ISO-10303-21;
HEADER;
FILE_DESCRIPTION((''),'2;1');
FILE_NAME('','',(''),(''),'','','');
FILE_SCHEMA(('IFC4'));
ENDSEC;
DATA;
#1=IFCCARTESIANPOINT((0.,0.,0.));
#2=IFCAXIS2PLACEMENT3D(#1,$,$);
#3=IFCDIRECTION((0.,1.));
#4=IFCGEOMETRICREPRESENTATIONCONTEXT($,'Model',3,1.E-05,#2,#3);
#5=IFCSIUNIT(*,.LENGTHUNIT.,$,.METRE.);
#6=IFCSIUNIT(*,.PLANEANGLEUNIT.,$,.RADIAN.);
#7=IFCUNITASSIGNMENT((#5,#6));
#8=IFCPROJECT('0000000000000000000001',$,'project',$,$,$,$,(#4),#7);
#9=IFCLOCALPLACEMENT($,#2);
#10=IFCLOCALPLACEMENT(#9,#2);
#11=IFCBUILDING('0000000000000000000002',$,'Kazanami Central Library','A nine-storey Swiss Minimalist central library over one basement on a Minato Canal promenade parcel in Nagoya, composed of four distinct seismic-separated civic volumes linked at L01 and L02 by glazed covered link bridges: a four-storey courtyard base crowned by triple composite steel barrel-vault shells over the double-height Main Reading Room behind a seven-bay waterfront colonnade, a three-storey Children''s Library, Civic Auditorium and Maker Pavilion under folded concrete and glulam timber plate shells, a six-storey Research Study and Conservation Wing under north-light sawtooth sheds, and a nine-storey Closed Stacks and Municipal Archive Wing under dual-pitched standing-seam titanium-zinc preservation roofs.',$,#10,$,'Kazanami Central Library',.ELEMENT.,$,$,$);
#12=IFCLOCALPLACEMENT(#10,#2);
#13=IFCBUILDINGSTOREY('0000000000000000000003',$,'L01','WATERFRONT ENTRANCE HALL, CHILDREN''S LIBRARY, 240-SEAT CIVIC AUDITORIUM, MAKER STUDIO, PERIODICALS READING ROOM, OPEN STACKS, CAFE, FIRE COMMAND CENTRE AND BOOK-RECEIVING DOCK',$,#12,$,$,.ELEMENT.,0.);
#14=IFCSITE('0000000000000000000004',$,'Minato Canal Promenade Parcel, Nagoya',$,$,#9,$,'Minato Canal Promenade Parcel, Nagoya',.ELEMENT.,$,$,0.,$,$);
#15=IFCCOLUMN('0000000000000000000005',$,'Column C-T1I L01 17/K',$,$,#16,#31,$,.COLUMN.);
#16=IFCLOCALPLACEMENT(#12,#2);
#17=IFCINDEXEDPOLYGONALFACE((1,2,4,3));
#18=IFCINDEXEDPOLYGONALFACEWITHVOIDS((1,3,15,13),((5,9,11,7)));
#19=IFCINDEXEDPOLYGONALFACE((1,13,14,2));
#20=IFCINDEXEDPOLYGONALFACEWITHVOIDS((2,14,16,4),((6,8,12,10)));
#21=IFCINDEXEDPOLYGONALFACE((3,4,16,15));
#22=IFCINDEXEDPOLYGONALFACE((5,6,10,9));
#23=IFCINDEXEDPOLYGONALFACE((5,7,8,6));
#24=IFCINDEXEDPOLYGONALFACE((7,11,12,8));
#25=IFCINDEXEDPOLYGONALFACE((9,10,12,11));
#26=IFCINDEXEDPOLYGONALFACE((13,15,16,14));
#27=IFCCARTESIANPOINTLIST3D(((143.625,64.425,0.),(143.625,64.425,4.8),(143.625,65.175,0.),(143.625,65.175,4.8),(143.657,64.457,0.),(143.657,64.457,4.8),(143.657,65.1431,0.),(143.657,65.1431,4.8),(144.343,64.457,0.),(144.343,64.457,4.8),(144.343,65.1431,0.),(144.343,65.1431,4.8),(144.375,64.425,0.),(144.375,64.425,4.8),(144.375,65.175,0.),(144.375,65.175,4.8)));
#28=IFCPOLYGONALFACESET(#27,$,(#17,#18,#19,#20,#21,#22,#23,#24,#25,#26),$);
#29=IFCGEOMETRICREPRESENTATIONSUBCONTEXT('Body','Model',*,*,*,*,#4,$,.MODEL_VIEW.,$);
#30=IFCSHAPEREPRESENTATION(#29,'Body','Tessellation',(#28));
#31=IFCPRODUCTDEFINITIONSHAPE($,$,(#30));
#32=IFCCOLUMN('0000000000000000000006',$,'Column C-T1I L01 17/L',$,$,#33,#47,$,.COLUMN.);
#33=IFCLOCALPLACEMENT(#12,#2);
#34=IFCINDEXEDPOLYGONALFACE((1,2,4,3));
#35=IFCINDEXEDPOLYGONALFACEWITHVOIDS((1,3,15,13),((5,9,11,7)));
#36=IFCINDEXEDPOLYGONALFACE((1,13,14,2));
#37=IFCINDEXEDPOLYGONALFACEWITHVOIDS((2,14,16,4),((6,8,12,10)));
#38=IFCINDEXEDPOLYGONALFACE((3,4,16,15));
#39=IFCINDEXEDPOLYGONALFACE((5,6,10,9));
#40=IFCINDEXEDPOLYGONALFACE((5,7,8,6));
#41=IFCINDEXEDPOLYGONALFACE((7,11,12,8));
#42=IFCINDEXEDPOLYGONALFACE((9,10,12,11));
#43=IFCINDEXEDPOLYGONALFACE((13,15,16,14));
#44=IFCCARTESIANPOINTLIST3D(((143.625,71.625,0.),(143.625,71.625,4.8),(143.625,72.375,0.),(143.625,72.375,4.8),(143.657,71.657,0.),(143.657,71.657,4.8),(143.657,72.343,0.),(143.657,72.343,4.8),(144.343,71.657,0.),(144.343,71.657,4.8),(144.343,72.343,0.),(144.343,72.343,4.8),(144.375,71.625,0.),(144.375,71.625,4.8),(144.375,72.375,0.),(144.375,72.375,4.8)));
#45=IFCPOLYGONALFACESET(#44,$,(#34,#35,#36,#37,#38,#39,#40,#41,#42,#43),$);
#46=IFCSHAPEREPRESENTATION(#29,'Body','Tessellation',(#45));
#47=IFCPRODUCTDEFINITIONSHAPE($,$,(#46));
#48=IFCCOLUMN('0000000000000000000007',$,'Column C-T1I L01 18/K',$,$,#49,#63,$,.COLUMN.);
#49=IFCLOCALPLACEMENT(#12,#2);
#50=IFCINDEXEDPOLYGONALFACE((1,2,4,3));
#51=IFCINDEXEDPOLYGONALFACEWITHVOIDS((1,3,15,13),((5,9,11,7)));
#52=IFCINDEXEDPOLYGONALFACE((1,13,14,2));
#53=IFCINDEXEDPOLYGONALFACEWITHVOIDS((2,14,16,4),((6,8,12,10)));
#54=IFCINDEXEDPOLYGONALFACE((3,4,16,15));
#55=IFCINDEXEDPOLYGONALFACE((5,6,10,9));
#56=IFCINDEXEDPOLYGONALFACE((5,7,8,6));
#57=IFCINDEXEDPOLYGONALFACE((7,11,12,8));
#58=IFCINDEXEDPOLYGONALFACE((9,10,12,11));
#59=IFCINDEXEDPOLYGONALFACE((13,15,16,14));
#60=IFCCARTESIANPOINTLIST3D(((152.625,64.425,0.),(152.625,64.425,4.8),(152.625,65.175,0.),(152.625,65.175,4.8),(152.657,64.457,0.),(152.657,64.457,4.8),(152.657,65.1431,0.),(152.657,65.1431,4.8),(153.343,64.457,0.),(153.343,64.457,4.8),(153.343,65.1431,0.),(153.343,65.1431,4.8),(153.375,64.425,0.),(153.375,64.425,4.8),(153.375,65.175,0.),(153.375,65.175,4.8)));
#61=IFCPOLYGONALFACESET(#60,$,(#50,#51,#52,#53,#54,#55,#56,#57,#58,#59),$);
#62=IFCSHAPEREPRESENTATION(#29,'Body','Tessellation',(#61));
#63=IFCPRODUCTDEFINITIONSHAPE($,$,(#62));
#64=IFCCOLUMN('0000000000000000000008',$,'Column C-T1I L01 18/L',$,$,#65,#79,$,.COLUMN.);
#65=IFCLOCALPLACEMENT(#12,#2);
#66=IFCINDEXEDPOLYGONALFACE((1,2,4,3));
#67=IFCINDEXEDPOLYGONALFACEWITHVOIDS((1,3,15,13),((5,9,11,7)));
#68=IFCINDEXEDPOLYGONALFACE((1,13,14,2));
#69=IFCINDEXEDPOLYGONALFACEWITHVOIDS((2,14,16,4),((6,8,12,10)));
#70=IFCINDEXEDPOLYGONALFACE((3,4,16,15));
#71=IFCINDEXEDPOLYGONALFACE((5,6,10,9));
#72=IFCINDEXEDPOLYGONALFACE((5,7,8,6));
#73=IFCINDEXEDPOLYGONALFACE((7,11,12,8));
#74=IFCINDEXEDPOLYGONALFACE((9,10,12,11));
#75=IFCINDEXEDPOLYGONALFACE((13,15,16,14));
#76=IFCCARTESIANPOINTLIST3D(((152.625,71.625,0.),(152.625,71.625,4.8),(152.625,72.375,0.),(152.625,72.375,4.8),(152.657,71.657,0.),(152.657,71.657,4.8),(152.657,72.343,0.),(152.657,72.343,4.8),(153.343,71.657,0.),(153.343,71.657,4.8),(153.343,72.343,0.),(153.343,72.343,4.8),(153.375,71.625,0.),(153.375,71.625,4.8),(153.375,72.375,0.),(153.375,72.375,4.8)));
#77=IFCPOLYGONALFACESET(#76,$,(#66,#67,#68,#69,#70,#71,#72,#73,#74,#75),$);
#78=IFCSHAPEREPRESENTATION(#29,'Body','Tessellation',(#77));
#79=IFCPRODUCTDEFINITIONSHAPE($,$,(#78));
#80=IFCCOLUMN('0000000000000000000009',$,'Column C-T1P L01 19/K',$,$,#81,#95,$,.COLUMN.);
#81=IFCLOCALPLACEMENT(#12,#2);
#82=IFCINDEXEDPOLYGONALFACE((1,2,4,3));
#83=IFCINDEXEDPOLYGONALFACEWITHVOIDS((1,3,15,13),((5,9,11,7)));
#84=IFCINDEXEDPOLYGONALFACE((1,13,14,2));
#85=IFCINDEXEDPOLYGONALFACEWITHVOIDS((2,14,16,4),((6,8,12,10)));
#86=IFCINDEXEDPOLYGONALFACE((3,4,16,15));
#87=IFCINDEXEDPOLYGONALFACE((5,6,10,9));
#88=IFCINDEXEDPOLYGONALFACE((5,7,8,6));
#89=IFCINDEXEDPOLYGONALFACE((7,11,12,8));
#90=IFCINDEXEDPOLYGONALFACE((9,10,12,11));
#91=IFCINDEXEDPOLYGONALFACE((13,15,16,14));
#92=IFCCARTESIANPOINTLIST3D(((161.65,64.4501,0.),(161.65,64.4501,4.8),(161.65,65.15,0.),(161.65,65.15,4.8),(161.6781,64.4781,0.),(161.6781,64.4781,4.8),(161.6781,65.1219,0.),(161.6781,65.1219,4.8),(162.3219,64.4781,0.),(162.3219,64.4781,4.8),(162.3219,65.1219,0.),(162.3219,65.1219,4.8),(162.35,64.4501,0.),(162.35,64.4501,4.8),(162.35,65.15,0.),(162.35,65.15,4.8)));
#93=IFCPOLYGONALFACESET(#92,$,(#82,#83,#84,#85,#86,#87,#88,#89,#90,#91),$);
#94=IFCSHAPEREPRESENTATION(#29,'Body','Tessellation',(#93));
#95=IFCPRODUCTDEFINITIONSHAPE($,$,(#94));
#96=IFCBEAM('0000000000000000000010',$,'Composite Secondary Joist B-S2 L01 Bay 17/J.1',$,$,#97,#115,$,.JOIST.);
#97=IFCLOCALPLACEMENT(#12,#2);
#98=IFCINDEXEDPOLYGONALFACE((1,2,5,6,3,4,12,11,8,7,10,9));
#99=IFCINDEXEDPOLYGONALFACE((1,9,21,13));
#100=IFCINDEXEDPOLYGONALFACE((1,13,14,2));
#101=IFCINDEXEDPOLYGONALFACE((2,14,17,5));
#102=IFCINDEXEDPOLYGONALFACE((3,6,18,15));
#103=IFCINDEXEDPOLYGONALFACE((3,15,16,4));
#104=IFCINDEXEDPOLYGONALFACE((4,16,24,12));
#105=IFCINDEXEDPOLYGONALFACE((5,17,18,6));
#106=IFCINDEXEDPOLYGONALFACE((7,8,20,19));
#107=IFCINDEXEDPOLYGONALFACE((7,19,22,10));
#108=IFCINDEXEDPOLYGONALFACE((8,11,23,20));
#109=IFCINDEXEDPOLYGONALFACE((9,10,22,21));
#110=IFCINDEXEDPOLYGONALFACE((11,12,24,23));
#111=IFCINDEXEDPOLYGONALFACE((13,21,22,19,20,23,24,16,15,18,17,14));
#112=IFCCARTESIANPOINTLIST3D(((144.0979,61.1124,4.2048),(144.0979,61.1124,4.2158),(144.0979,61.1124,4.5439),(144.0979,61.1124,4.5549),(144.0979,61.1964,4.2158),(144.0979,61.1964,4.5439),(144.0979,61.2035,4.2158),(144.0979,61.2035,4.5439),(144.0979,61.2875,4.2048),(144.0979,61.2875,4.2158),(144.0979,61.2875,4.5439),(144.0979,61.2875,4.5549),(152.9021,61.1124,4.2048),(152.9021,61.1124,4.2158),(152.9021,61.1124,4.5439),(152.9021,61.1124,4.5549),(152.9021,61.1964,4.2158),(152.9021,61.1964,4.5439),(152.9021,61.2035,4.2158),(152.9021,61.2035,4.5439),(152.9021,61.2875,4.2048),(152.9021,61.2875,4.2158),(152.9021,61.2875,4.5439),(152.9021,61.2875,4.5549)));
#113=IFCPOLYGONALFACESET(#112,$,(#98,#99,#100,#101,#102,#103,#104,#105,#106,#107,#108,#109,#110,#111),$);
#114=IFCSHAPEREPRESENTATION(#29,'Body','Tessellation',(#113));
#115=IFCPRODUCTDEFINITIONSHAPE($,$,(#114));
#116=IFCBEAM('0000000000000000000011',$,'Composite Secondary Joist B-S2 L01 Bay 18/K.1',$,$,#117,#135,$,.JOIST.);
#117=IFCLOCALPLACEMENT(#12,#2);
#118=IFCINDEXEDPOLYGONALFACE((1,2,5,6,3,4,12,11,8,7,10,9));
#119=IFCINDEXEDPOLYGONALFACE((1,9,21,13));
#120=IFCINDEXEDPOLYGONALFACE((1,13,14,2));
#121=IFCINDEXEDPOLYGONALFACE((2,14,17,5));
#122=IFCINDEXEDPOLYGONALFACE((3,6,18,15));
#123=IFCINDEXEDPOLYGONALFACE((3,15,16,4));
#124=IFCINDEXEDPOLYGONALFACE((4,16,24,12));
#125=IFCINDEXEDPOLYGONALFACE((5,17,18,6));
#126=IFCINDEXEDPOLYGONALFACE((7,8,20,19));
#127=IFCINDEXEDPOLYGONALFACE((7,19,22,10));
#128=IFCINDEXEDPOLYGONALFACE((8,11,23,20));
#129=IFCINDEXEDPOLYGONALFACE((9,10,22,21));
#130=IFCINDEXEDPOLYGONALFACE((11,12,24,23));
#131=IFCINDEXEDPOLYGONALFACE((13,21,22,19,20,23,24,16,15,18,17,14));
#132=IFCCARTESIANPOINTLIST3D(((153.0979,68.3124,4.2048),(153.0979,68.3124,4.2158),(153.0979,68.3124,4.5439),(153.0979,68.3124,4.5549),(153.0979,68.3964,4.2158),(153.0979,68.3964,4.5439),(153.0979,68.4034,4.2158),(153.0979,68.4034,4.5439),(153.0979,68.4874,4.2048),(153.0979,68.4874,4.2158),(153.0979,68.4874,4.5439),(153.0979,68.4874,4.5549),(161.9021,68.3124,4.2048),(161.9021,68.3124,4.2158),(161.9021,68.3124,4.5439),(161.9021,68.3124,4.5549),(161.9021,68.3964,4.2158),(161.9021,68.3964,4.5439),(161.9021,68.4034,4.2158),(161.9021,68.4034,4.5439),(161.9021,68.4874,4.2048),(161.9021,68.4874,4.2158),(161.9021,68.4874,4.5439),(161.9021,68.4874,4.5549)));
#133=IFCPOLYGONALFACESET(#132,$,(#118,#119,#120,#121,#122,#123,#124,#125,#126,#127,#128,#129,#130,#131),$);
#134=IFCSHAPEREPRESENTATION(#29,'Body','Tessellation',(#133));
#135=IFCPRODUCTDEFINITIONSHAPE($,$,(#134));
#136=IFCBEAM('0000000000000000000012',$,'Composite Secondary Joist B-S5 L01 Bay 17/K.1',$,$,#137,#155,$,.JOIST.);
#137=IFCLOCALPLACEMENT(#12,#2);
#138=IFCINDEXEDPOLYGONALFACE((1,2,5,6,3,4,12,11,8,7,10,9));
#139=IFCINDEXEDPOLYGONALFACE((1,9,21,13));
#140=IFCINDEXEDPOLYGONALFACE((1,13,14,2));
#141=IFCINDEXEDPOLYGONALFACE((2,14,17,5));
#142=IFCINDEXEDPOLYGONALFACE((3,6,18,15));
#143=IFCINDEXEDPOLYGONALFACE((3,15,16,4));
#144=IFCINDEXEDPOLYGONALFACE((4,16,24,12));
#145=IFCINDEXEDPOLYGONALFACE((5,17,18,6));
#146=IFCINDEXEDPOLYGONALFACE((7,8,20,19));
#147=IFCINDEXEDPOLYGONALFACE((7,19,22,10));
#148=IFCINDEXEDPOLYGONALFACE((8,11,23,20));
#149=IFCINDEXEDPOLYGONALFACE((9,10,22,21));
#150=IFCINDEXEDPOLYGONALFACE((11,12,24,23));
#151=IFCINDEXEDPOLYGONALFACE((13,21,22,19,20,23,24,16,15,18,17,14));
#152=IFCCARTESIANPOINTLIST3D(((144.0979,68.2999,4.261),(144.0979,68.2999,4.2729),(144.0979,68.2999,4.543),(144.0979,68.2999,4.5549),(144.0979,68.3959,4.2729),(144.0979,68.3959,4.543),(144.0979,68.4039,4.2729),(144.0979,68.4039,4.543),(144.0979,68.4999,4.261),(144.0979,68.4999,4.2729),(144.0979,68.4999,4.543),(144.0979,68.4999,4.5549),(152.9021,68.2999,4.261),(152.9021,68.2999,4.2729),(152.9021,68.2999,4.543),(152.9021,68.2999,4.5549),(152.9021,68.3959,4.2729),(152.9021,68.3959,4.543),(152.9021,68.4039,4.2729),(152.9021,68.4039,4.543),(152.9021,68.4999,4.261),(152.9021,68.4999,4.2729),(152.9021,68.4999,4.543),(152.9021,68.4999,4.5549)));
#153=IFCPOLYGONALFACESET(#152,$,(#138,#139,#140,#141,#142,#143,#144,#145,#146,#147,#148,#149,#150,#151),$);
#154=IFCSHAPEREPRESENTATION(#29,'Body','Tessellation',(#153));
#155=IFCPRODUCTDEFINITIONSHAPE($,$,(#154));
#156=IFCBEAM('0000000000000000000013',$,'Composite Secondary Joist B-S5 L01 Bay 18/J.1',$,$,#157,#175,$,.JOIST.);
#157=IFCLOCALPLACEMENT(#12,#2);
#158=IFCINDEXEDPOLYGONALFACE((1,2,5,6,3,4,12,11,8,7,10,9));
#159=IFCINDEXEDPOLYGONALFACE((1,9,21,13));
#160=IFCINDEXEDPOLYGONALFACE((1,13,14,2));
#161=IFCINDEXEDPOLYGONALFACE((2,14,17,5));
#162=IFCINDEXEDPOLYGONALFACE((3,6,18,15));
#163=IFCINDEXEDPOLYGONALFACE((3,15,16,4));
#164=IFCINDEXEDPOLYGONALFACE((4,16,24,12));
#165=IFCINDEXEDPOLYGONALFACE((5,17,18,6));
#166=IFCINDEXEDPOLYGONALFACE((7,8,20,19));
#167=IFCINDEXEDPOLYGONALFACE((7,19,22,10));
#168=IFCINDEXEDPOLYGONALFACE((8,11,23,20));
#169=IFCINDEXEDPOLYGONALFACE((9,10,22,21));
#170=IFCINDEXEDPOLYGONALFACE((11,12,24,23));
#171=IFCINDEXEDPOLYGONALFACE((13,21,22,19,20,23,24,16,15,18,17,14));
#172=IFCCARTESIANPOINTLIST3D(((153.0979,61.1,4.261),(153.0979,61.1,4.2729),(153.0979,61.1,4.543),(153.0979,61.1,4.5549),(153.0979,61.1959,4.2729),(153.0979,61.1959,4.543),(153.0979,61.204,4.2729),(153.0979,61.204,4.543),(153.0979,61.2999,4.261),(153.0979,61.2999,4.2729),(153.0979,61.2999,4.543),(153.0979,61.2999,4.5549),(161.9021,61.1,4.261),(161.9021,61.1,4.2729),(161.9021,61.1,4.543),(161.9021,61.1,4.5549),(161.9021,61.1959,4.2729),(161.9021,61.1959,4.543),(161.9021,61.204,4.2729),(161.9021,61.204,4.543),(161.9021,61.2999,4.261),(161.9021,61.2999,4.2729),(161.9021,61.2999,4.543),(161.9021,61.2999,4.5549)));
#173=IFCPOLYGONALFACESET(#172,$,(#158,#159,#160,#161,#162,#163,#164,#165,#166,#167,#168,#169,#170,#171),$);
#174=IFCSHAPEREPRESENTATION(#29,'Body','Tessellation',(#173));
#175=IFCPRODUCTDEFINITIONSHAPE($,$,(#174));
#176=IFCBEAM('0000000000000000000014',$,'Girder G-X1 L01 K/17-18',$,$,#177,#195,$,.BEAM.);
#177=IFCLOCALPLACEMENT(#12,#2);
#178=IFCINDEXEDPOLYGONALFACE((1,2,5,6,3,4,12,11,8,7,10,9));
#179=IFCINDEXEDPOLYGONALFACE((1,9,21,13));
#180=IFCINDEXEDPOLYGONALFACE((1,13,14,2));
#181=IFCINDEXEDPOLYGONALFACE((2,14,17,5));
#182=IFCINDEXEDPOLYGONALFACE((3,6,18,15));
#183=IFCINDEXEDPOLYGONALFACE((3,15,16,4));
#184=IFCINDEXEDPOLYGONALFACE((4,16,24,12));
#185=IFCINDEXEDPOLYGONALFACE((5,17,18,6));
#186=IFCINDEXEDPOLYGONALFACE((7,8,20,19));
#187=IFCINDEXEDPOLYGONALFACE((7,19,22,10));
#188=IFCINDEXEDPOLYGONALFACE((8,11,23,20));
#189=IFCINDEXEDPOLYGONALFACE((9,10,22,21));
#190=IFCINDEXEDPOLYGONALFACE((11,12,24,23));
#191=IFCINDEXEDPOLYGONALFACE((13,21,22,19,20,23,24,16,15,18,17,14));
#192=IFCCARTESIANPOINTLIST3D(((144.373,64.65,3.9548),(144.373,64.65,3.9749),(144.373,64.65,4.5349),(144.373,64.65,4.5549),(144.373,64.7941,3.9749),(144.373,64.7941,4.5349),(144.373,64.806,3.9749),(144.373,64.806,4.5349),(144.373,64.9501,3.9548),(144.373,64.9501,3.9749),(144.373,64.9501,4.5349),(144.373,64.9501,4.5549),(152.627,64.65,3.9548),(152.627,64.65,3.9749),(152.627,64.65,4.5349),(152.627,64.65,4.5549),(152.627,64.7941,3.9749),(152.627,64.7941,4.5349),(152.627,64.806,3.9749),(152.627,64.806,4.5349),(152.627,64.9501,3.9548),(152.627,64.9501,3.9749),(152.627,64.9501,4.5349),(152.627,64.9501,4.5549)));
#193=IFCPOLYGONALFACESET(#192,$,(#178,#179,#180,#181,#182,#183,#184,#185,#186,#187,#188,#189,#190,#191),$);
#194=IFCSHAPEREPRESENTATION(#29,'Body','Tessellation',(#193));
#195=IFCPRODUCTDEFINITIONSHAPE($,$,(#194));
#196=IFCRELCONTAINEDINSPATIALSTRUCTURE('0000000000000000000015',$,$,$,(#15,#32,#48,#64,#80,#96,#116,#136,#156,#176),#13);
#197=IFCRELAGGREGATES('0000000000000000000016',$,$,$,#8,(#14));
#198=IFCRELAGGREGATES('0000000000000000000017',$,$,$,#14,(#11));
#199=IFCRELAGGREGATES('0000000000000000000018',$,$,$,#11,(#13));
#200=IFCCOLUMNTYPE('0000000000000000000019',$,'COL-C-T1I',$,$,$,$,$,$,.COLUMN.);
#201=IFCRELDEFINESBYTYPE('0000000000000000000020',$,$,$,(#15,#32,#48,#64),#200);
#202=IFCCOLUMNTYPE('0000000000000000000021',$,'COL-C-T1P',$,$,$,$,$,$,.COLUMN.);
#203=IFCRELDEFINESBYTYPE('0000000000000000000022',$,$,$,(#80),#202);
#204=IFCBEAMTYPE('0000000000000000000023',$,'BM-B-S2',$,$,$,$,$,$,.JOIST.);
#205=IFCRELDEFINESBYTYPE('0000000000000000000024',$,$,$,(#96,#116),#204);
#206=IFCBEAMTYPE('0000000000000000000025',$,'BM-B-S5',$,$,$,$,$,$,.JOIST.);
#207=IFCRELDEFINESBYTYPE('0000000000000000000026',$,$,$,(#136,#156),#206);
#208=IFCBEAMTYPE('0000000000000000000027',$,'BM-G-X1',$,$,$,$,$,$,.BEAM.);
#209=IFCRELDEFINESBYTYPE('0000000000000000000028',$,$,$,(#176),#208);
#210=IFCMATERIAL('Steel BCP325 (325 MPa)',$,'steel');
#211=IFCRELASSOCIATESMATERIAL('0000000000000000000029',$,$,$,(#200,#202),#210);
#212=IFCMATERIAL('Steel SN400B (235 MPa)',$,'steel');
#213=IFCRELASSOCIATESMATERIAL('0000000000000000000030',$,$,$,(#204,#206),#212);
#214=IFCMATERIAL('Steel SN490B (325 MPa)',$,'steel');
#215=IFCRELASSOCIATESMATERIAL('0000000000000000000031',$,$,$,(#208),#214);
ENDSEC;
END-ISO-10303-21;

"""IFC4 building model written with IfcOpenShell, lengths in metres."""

from ifc_helpers import new_model, si_unit, direction, frame, origin, origin_2d, place, context, subcontext, project, spatial, hollow_rectangle, i_section, extrude, material, material_profile, profile_set, type_object, element, save


model = new_model("IFC4")

# Units and contexts
model_context = context("Model", 3, precision=1e-05, world=origin(), true_north=direction((0.0, 1.0)))
body_context = subcontext(model_context, "Body", "Model", "MODEL_VIEW")
ifc_project = project(units=[si_unit("LENGTHUNIT", "METRE"), si_unit("PLANEANGLEUNIT", "RADIAN")], contexts=[model_context])

# Site, building, storey
site_placement = place(None, origin())
site = spatial("IfcSite", under=ifc_project, at=site_placement, Name="Minato Canal Promenade Parcel, Nagoya", LongName="Minato Canal Promenade Parcel, Nagoya", CompositionType="ELEMENT", RefElevation=0.0)
building_placement = place(site_placement, origin())
building = spatial("IfcBuilding", under=site, at=building_placement, Name="Kazanami Central Library", Description="A nine-storey Swiss Minimalist central library over one basement on a Minato Canal promenade parcel in Nagoya, composed of four distinct seismic-separated civic volumes linked at L01 and L02 by glazed covered link bridges: a four-storey courtyard base crowned by triple composite steel barrel-vault shells over the double-height Main Reading Room behind a seven-bay waterfront colonnade, a three-storey Children's Library, Civic Auditorium and Maker Pavilion under folded concrete and glulam timber plate shells, a six-storey Research Study and Conservation Wing under north-light sawtooth sheds, and a nine-storey Closed Stacks and Municipal Archive Wing under dual-pitched standing-seam titanium-zinc preservation roofs.", LongName="Kazanami Central Library", CompositionType="ELEMENT")
storey_placement = place(building_placement, origin())
storey = spatial("IfcBuildingStorey", under=building, at=storey_placement, Name="L01", Description="WATERFRONT ENTRANCE HALL, CHILDREN'S LIBRARY, 240-SEAT CIVIC AUDITORIUM, MAKER STUDIO, PERIODICALS READING ROOM, OPEN STACKS, CAFE, FIRE COMMAND CENTRE AND BOOK-RECEIVING DOCK", CompositionType="ELEMENT", Elevation=0.0)

# Columns
ifc_material_1 = material(Name="Steel BCP325 (325 MPa)", Category="steel")
ifc_material_profile_1 = material_profile(ifc_material_1, hollow_rectangle(XDim=0.75, YDim=0.75, WallThickness=0.032, at=origin_2d()), Name="BCP-750x750x32")
ifc_profile_set_1 = profile_set([ifc_material_profile_1], Name="Steel BCP325 (325 MPa)")
column_type_1 = type_object("IfcColumnType", Name="COL-C-T1I", PredefinedType="COLUMN", material=ifc_profile_set_1)
for number, where, z_axis, x_axis, name in (
    (1, (144.0, 64.8, 0.0), (0.0, 0.0, 1.0), (1.0, 0.0, 0.0), "Column C-T1I L01 17/K"),
    (2, (144.0, 72.0, 0.0), (0.0, 0.0, 1.0), (1.0, 0.0, 0.0), "Column C-T1I L01 17/L"),
    (3, (153.0, 64.8, 0.0), (0.0, 0.0, 1.0), (1.0, 0.0, 0.0), "Column C-T1I L01 18/K"),
    (4, (153.0, 72.0, 0.0), (0.0, 0.0, 1.0), (1.0, 0.0, 0.0), "Column C-T1I L01 18/L"),
):
    element("IfcColumn", number, at=place(storey_placement, frame(where, z_axis=z_axis, x_axis=x_axis)), inside=storey, type_object=column_type_1, Name=name, PredefinedType="COLUMN", context=body_context, shape_type="SweptSolid", body=[
        extrude(hollow_rectangle(XDim=0.75, YDim=0.75, WallThickness=0.032, at=origin_2d()), origin(), (0.0, 0.0, 1.0), 4.8),
    ])
ifc_material_profile_2 = material_profile(ifc_material_1, hollow_rectangle(XDim=0.7, YDim=0.7, WallThickness=0.0281, at=origin_2d()), Name="BCP-700x700x28")
ifc_profile_set_2 = profile_set([ifc_material_profile_2], Name="Steel BCP325 (325 MPa)")
column_type_2 = type_object("IfcColumnType", Name="COL-C-T1P", PredefinedType="COLUMN", material=ifc_profile_set_2)
column_placement = place(storey_placement, frame((162.0, 64.8, 0.0), z_axis=(0.0, 0.0, 1.0), x_axis=(1.0, 0.0, 0.0)))
element("IfcColumn", 5, at=column_placement, inside=storey, type_object=column_type_2, Name="Column C-T1P L01 19/K", PredefinedType="COLUMN", context=body_context, shape_type="SweptSolid", body=[
    extrude(hollow_rectangle(XDim=0.7, YDim=0.7, WallThickness=0.0281, at=origin_2d()), origin(), (0.0, 0.0, 1.0), 4.8),
])

# Beams
ifc_material_2 = material(Name="Steel SN400B (235 MPa)", Category="steel")
ifc_material_profile_3 = material_profile(ifc_material_2, i_section(OverallWidth=0.175, OverallDepth=0.3501, WebThickness=0.0071, FlangeThickness=0.011, at=origin_2d()), Name="H-350x175x7x11")
ifc_profile_set_3 = profile_set([ifc_material_profile_3], Name="Steel SN400B (235 MPa)")
beam_type_1 = type_object("IfcBeamType", Name="BM-B-S2", PredefinedType="JOIST", material=ifc_profile_set_3)
for number, where, z_axis, x_axis, name in (
    (6, (144.0979, 61.2, 4.3799), (1.0, 0.0, 0.0), (0.0, 1.0, 0.0), "Composite Secondary Joist B-S2 L01 Bay 17/J.1"),
    (7, (153.0979, 68.3999, 4.3799), (1.0, 0.0, 0.0), (0.0, 1.0, 0.0), "Composite Secondary Joist B-S2 L01 Bay 18/K.1"),
):
    element("IfcBeam", number, at=place(storey_placement, frame(where, z_axis=z_axis, x_axis=x_axis)), inside=storey, type_object=beam_type_1, Name=name, PredefinedType="JOIST", context=body_context, shape_type="SweptSolid", body=[
        extrude(i_section(OverallWidth=0.175, OverallDepth=0.3501, WebThickness=0.0071, FlangeThickness=0.011, at=origin_2d()), origin(), (0.0, 0.0, 1.0), 8.8042),
    ])
ifc_material_profile_4 = material_profile(ifc_material_2, i_section(OverallWidth=0.2, OverallDepth=0.2939, WebThickness=0.0081, FlangeThickness=0.012, at=origin_2d()), Name="H-294x200x8x12")
ifc_profile_set_4 = profile_set([ifc_material_profile_4], Name="Steel SN400B (235 MPa)")
beam_type_2 = type_object("IfcBeamType", Name="BM-B-S5", PredefinedType="JOIST", material=ifc_profile_set_4)
for number, where, z_axis, x_axis, name in (
    (8, (144.0979, 68.3999, 4.408), (1.0, 0.0, 0.0), (0.0, 1.0, 0.0), "Composite Secondary Joist B-S5 L01 Bay 17/K.1"),
    (9, (153.0979, 61.2, 4.408), (1.0, 0.0, 0.0), (0.0, 1.0, 0.0), "Composite Secondary Joist B-S5 L01 Bay 18/J.1"),
):
    element("IfcBeam", number, at=place(storey_placement, frame(where, z_axis=z_axis, x_axis=x_axis)), inside=storey, type_object=beam_type_2, Name=name, PredefinedType="JOIST", context=body_context, shape_type="SweptSolid", body=[
        extrude(i_section(OverallWidth=0.2, OverallDepth=0.2939, WebThickness=0.0081, FlangeThickness=0.012, at=origin_2d()), origin(), (0.0, 0.0, 1.0), 8.8042),
    ])
ifc_material_3 = material(Name="Steel SN490B (325 MPa)", Category="steel")
ifc_material_profile_5 = material_profile(ifc_material_3, i_section(OverallWidth=0.3, OverallDepth=0.6001, WebThickness=0.012, FlangeThickness=0.02, at=origin_2d()), Name="H-600x300x12x20")
ifc_profile_set_5 = profile_set([ifc_material_profile_5], Name="Steel SN490B (325 MPa)")
beam_type_3 = type_object("IfcBeamType", Name="BM-G-X1", PredefinedType="BEAM", material=ifc_profile_set_5)
beam_1_placement = place(storey_placement, frame((144.373, 64.8, 4.2549), z_axis=(1.0, 0.0, 0.0), x_axis=(0.0, 1.0, 0.0)))
element("IfcBeam", 10, at=beam_1_placement, inside=storey, type_object=beam_type_3, Name="Girder G-X1 L01 K/17-18", PredefinedType="BEAM", context=body_context, shape_type="SweptSolid", body=[
    extrude(i_section(OverallWidth=0.3, OverallDepth=0.6001, WebThickness=0.012, FlangeThickness=0.02, at=origin_2d()), origin(), (0.0, 0.0, 1.0), 8.2539),
])

save(model, "model.ifc")
